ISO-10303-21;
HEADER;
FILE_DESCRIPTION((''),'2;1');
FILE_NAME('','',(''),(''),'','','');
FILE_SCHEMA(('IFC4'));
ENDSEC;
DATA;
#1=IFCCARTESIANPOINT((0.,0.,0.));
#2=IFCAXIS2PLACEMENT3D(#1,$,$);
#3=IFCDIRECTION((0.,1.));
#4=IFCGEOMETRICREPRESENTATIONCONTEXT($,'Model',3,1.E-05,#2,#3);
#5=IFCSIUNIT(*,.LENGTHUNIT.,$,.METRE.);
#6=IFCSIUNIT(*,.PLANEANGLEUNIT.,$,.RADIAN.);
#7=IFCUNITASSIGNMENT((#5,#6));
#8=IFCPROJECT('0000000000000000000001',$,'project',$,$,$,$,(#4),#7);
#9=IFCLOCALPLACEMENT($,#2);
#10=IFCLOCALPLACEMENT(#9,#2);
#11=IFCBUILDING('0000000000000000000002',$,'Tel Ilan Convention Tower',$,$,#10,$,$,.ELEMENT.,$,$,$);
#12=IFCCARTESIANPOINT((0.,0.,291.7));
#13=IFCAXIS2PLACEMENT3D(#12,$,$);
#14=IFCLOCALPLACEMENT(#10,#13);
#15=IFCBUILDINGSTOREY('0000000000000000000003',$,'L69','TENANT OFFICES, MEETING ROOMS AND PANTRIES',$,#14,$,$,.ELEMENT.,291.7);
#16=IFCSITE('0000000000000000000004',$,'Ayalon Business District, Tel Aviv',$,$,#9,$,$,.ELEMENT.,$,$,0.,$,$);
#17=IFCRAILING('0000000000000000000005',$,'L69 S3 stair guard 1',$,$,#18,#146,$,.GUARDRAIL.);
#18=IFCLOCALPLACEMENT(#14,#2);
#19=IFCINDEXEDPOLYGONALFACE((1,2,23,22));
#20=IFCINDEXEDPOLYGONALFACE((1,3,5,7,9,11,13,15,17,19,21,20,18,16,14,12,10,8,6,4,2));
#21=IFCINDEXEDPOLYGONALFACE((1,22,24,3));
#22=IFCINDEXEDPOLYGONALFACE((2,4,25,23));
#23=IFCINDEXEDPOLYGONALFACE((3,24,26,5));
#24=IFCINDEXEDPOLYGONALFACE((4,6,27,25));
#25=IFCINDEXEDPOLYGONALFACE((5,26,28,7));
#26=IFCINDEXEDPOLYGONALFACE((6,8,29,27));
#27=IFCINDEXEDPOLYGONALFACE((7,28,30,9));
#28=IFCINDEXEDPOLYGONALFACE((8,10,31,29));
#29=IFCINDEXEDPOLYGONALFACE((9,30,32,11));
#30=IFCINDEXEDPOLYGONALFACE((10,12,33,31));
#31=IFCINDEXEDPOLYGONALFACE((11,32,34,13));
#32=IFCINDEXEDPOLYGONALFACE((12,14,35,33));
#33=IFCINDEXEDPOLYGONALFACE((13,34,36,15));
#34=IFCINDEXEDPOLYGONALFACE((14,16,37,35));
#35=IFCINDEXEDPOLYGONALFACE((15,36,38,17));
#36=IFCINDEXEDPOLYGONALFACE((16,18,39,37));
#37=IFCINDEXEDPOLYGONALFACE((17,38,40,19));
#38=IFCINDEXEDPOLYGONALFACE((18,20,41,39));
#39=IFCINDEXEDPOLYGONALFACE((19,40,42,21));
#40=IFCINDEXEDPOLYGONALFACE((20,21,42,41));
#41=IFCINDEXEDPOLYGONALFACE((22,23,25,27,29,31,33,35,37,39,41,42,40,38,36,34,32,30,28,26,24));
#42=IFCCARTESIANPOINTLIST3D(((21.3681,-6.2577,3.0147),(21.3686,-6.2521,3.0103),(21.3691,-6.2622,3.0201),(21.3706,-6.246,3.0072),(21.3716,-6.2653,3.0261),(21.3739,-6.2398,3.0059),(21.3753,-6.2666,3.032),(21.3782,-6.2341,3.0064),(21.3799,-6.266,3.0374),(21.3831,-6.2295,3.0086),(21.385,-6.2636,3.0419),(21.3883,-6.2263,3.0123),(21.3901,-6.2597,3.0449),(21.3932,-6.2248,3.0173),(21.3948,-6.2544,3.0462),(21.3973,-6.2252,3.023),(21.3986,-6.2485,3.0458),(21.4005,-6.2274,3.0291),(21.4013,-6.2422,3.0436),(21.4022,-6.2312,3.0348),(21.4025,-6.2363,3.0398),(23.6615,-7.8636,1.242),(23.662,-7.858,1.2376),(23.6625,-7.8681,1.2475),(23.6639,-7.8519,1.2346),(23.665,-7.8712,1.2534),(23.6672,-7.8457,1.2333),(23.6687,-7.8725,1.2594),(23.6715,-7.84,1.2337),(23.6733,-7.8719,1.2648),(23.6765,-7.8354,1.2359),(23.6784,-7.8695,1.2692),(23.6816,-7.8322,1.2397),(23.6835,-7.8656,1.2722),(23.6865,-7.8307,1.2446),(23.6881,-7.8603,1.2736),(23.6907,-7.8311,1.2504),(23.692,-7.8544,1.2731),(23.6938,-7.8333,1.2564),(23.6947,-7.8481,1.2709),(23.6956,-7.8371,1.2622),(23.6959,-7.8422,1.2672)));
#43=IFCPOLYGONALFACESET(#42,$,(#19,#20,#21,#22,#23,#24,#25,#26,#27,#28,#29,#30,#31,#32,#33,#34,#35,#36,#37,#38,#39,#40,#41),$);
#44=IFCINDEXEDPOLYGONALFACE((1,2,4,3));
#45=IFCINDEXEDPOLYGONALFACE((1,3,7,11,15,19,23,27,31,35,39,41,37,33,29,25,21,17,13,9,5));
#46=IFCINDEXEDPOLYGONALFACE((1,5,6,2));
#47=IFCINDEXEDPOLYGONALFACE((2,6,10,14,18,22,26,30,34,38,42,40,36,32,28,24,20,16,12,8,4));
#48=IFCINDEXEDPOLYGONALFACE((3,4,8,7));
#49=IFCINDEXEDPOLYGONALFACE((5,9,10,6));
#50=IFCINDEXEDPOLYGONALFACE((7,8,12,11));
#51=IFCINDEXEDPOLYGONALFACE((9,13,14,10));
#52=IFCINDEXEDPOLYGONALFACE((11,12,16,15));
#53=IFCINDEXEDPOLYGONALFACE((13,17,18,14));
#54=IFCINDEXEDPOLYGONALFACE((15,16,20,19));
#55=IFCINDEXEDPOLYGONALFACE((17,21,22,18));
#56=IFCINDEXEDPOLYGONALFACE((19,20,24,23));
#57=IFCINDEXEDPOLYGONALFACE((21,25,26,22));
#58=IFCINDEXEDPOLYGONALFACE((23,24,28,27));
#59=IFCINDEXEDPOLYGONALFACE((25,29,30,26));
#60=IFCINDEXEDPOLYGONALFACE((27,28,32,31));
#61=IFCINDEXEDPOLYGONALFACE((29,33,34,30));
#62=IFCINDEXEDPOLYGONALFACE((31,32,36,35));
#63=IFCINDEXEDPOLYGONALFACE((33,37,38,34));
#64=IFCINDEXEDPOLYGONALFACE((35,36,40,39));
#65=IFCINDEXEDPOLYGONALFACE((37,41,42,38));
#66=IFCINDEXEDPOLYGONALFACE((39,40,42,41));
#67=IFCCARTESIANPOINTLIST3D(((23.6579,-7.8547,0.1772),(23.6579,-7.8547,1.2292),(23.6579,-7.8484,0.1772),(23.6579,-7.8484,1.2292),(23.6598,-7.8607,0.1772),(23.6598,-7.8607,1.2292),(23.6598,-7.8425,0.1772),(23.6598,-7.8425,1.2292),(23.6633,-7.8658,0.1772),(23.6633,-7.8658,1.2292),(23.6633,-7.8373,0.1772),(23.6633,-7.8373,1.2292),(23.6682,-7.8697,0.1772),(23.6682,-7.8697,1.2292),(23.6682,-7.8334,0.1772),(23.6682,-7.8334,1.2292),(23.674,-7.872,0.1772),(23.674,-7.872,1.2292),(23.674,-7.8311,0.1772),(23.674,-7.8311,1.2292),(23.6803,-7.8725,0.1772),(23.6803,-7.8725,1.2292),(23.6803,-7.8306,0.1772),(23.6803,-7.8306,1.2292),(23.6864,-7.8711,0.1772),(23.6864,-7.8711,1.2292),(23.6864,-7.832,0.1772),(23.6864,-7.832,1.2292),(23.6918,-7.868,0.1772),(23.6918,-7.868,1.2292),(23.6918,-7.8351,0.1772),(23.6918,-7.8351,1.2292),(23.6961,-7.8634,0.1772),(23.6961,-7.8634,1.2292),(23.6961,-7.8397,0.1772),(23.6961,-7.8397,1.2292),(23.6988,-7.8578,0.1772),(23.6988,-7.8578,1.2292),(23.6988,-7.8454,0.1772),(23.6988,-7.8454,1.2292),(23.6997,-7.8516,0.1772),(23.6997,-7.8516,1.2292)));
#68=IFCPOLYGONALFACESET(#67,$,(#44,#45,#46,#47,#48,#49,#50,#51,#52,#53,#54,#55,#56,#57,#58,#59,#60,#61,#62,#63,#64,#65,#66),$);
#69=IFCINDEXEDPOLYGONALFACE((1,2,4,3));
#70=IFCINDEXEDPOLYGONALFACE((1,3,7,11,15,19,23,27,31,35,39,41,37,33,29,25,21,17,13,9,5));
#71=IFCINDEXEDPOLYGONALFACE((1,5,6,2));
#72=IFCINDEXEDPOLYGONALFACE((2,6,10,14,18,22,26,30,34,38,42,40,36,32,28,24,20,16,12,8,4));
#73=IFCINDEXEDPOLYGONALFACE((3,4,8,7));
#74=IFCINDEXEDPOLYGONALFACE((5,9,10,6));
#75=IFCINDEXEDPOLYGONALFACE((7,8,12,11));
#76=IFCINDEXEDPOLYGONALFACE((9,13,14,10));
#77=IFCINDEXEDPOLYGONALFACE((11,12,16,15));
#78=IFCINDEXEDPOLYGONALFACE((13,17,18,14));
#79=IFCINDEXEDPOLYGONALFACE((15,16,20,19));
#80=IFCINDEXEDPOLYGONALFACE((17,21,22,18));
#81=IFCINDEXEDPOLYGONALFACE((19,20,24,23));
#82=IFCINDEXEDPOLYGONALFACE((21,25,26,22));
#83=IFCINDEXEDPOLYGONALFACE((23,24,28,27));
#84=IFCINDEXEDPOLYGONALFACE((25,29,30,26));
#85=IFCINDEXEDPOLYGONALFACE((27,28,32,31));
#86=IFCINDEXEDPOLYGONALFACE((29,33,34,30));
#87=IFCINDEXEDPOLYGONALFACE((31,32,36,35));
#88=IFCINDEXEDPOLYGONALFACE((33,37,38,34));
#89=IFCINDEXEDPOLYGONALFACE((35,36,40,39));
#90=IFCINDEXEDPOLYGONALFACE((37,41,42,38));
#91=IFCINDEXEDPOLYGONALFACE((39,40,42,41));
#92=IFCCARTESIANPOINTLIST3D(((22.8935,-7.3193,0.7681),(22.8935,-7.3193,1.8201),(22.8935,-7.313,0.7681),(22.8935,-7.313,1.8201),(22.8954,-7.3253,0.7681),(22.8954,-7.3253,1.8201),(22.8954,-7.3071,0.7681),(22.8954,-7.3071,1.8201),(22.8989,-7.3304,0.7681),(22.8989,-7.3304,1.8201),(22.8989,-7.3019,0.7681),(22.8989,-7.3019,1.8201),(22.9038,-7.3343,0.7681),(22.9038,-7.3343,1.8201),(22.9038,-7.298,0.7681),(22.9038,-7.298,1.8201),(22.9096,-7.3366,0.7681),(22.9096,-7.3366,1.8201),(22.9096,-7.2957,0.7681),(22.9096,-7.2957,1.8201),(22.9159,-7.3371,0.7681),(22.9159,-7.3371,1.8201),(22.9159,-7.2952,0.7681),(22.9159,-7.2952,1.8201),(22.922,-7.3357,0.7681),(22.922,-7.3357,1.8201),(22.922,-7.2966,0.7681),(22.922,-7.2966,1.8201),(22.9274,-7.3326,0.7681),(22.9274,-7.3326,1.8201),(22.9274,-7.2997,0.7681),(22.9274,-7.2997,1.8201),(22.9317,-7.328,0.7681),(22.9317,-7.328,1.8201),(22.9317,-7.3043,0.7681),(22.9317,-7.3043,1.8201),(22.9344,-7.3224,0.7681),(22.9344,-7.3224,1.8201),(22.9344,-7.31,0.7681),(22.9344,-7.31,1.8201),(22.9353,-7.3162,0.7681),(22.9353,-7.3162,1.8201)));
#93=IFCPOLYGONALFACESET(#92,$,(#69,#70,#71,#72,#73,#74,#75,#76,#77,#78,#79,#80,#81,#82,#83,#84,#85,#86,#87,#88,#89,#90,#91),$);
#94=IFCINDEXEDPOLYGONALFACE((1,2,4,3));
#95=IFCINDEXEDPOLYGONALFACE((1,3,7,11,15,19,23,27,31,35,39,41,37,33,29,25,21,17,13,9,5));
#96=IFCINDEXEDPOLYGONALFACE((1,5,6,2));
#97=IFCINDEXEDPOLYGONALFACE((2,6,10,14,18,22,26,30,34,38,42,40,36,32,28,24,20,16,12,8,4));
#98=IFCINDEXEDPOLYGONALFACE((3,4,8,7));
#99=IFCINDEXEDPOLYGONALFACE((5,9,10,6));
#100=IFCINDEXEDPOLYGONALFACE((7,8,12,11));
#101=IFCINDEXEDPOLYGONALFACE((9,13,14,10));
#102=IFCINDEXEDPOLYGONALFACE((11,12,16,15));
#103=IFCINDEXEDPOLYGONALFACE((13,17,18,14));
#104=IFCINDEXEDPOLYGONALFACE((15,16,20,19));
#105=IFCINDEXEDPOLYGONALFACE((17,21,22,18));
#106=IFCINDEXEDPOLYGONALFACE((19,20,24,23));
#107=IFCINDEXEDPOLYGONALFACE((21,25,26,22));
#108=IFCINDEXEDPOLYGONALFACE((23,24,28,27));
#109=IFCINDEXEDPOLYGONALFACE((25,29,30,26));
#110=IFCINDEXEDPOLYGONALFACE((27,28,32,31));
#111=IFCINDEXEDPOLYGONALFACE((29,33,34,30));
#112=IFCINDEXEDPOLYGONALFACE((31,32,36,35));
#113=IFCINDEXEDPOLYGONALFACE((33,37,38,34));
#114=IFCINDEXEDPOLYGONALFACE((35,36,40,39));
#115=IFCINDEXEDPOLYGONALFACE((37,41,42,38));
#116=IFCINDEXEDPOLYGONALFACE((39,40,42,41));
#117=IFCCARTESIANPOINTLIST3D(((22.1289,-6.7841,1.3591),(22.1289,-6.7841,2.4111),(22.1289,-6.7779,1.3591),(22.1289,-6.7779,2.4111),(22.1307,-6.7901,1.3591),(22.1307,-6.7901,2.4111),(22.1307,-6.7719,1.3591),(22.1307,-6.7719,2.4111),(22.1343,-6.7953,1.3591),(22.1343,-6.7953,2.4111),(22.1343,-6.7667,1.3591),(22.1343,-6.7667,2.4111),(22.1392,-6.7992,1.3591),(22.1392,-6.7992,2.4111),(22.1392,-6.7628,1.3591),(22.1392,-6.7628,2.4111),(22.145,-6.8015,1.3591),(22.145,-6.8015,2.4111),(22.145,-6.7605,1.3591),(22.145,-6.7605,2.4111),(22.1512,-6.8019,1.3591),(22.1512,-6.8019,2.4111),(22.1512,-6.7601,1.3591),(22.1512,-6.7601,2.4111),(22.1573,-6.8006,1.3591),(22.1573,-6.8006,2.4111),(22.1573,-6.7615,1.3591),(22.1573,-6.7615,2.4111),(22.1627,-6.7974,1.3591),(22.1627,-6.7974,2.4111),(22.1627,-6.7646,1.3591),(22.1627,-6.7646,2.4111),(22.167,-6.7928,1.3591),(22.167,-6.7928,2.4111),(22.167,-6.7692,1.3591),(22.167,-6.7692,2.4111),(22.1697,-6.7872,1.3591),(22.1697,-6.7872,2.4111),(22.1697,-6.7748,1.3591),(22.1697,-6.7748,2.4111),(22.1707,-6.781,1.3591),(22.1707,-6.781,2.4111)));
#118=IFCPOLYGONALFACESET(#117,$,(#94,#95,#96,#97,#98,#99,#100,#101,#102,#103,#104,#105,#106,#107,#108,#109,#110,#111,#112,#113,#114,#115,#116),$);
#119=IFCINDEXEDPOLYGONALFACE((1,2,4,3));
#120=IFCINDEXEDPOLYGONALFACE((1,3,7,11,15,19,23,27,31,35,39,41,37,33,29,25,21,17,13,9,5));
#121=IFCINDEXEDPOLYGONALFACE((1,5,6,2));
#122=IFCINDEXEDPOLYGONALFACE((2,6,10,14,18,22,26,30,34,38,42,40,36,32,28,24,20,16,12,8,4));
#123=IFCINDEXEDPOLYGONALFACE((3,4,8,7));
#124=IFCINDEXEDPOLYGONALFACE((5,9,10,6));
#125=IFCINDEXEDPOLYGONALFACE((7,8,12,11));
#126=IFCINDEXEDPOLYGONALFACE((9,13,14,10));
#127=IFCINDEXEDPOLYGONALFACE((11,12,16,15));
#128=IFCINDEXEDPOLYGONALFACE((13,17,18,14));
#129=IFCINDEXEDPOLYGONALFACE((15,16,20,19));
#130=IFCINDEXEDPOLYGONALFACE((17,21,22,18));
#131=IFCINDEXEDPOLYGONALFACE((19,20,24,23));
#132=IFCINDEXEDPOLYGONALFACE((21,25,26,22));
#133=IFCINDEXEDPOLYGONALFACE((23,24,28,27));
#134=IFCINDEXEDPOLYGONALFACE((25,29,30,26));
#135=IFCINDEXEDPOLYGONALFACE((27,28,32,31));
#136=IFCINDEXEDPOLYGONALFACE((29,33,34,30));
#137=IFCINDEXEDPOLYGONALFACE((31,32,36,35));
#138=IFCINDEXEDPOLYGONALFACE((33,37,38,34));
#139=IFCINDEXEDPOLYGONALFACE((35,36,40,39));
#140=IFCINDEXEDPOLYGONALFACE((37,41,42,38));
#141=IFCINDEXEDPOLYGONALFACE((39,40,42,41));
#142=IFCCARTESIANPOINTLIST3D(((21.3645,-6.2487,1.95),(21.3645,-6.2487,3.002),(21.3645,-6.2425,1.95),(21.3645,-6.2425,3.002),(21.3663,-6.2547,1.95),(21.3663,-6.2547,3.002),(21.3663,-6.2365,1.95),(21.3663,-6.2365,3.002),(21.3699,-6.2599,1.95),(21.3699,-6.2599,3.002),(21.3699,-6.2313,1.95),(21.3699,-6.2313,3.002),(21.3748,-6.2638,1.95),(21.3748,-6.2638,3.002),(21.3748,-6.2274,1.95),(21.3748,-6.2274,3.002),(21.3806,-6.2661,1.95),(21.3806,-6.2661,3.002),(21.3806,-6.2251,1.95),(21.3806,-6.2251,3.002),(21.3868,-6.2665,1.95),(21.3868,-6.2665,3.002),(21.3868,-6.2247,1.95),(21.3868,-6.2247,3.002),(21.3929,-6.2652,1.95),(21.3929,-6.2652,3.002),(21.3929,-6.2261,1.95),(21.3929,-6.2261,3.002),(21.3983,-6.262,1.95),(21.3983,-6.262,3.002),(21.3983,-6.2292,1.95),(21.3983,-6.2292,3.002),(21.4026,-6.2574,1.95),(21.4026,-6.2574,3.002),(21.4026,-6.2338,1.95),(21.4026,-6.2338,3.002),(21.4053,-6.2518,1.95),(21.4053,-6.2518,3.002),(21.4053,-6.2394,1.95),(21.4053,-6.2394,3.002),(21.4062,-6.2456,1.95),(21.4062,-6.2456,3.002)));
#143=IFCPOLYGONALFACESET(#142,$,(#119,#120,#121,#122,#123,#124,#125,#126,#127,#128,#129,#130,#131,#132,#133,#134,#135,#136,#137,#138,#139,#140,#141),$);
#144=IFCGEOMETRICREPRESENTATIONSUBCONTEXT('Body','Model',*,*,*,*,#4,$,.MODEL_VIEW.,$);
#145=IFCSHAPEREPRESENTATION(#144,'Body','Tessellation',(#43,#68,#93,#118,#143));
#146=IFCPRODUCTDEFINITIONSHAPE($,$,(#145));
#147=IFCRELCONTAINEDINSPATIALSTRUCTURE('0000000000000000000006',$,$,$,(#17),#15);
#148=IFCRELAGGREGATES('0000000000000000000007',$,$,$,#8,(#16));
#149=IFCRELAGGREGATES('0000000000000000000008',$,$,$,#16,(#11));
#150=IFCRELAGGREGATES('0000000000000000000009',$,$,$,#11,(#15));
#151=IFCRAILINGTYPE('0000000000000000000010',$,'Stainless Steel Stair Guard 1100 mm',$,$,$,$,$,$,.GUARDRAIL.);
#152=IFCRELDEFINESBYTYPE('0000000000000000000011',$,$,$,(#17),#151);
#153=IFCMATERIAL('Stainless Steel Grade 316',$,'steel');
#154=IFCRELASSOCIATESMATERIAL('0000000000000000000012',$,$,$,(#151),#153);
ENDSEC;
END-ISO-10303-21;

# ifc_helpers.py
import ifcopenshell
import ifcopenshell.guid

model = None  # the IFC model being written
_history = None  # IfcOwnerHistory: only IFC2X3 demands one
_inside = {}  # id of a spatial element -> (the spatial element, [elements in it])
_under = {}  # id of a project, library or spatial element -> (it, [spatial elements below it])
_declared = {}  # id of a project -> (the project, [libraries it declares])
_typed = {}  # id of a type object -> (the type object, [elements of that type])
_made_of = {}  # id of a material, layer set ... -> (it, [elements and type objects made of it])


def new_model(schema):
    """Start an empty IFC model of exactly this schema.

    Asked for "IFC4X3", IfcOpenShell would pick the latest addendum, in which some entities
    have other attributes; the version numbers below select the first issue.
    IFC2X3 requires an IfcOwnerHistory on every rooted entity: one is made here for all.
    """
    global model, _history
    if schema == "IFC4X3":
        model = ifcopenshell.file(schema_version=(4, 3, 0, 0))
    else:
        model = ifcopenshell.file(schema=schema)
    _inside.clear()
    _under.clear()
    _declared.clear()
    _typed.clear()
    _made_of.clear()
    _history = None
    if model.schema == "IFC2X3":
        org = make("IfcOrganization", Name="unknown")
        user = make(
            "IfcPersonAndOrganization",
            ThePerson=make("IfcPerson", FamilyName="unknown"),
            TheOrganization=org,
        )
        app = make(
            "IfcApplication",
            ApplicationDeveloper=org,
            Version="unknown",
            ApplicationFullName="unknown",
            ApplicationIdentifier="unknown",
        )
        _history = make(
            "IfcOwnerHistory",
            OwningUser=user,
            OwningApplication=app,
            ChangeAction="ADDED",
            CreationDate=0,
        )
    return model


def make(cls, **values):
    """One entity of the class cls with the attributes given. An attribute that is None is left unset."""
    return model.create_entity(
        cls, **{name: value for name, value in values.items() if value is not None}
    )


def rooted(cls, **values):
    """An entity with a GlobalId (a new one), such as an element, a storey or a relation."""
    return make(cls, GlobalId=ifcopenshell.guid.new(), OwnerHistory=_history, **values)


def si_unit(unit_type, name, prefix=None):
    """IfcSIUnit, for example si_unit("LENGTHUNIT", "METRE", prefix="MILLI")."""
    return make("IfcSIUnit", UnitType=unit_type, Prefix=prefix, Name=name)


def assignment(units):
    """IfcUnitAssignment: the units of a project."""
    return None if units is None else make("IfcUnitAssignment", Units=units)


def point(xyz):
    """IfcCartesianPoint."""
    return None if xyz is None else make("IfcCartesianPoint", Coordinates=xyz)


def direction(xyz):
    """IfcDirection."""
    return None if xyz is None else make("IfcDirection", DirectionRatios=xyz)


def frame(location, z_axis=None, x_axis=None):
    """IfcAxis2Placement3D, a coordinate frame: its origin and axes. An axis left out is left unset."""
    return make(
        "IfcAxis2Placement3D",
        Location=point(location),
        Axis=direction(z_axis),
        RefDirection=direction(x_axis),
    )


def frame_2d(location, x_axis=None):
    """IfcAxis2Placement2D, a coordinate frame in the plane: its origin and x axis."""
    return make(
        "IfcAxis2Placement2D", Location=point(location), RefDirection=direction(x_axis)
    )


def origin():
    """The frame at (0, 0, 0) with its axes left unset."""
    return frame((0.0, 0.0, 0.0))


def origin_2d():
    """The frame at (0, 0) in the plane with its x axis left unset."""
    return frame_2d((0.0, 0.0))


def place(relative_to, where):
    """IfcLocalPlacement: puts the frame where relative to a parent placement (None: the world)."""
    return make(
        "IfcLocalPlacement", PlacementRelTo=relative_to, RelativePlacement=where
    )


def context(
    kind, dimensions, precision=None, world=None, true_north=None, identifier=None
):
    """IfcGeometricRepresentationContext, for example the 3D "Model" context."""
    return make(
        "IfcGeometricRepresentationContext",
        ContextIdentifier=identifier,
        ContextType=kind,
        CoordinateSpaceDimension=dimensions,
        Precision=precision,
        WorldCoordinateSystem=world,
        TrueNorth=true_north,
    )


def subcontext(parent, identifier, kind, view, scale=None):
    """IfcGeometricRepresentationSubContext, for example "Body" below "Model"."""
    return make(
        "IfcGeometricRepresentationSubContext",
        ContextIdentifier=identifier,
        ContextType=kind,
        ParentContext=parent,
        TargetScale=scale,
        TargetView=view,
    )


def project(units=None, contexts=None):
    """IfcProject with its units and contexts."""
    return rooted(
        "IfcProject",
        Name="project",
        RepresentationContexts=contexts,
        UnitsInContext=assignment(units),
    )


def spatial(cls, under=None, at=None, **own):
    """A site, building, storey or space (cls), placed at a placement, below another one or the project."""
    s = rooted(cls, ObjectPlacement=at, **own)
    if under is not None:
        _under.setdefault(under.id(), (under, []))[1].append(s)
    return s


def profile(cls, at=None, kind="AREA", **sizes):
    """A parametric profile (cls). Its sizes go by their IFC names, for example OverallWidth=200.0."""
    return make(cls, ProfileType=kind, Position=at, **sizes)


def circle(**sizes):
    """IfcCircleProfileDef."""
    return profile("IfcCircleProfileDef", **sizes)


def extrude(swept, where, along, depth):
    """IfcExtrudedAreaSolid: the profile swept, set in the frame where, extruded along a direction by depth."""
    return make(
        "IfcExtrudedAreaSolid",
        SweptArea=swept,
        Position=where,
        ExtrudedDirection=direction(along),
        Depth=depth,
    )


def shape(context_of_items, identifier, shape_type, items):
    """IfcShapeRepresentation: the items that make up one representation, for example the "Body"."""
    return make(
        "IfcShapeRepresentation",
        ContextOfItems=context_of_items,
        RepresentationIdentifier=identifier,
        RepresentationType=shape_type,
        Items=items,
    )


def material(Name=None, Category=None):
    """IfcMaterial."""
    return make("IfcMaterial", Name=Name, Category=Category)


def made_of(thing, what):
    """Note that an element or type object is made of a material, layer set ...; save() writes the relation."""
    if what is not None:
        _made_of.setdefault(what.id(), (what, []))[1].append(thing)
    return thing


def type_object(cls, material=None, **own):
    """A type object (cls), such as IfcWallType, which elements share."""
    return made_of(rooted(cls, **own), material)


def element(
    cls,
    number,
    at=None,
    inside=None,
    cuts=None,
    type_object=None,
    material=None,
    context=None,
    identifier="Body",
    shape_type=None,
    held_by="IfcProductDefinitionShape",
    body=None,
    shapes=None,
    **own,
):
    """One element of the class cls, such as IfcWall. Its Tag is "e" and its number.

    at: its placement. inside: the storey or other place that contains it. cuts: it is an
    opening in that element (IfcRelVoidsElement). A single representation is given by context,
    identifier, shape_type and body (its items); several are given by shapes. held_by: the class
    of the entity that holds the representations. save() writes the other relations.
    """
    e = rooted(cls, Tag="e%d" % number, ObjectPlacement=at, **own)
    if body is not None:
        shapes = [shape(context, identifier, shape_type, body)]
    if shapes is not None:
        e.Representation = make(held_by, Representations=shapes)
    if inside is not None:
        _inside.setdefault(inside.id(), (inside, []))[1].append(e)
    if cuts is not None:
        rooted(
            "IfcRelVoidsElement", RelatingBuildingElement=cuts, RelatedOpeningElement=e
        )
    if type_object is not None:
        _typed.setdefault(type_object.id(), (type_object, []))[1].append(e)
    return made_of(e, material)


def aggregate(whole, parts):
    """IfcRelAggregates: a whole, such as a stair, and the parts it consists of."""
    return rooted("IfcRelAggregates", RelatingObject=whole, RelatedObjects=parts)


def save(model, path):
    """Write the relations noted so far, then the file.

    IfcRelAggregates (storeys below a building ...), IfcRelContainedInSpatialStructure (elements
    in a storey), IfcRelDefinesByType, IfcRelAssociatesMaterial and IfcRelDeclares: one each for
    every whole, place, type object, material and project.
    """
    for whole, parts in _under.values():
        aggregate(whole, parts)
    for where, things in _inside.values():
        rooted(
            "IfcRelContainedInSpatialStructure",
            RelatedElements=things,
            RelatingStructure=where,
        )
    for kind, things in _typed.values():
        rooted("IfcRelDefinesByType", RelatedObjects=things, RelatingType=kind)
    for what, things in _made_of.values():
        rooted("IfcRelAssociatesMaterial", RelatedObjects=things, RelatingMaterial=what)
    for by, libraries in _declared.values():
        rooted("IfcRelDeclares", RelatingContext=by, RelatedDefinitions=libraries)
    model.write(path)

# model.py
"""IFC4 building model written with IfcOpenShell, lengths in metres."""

from ifc_helpers import new_model, si_unit, direction, frame, origin, origin_2d, place, context, subcontext, project, spatial, circle, extrude, material, type_object, element, save


model = new_model("IFC4")

# Units and contexts
model_context = context("Model", 3, precision=1e-05, world=origin(), true_north=direction((0.0, 1.0)))
body_context = subcontext(model_context, "Body", "Model", "MODEL_VIEW")
ifc_project = project(units=[si_unit("LENGTHUNIT", "METRE"), si_unit("PLANEANGLEUNIT", "RADIAN")], contexts=[model_context])

# Site, building, storey
site_placement = place(None, origin())
site = spatial("IfcSite", under=ifc_project, at=site_placement, Name="Ayalon Business District, Tel Aviv", CompositionType="ELEMENT", RefElevation=0.0)
building_placement = place(site_placement, origin())
building = spatial("IfcBuilding", under=site, at=building_placement, Name="Tel Ilan Convention Tower", CompositionType="ELEMENT")
storey_placement = place(building_placement, frame((0.0, 0.0, 291.7)))
storey = spatial("IfcBuildingStorey", under=building, at=storey_placement, Name="L69", Description="TENANT OFFICES, MEETING ROOMS AND PANTRIES", CompositionType="ELEMENT", Elevation=291.7)

# Railing
ifc_material_1 = material(Name="Stainless Steel Grade 316", Category="steel")
railing_type_1 = type_object("IfcRailingType", Name="Stainless Steel Stair Guard 1100 mm", PredefinedType="GUARDRAIL", material=ifc_material_1)
railing_1_placement = place(storey_placement, frame((23.6787, -7.8516, 0.1772)))
element("IfcRailing", 1, at=railing_1_placement, inside=storey, type_object=railing_type_1, Name="L69 S3 stair guard 1", PredefinedType="GUARDRAIL", context=body_context, shape_type="SweptSolid", body=[
    extrude(circle(Radius=0.0239, at=origin_2d()), frame((0.0, 0.0, 1.0762), z_axis=(-0.692085, 0.484621, 0.53494), x_axis=(-0.573591, -0.819142, 0.0)), (0.0, 0.0, 1.0), 3.3137),
    extrude(circle(Radius=0.021, at=origin_2d()), origin(), (0.0, 0.0, 1.0), 1.052),
    extrude(circle(Radius=0.021, at=origin_2d()), frame((-0.7644, 0.5354, 0.5908)), (0.0, 0.0, 1.0), 1.052),
    extrude(circle(Radius=0.021, at=origin_2d()), frame((-1.5291, 1.0706, 1.1819)), (0.0, 0.0, 1.0), 1.052),
    extrude(circle(Radius=0.021, at=origin_2d()), frame((-2.2935, 1.606, 1.7727)), (0.0, 0.0, 1.0), 1.052),
])

save(model, "model.ifc")
